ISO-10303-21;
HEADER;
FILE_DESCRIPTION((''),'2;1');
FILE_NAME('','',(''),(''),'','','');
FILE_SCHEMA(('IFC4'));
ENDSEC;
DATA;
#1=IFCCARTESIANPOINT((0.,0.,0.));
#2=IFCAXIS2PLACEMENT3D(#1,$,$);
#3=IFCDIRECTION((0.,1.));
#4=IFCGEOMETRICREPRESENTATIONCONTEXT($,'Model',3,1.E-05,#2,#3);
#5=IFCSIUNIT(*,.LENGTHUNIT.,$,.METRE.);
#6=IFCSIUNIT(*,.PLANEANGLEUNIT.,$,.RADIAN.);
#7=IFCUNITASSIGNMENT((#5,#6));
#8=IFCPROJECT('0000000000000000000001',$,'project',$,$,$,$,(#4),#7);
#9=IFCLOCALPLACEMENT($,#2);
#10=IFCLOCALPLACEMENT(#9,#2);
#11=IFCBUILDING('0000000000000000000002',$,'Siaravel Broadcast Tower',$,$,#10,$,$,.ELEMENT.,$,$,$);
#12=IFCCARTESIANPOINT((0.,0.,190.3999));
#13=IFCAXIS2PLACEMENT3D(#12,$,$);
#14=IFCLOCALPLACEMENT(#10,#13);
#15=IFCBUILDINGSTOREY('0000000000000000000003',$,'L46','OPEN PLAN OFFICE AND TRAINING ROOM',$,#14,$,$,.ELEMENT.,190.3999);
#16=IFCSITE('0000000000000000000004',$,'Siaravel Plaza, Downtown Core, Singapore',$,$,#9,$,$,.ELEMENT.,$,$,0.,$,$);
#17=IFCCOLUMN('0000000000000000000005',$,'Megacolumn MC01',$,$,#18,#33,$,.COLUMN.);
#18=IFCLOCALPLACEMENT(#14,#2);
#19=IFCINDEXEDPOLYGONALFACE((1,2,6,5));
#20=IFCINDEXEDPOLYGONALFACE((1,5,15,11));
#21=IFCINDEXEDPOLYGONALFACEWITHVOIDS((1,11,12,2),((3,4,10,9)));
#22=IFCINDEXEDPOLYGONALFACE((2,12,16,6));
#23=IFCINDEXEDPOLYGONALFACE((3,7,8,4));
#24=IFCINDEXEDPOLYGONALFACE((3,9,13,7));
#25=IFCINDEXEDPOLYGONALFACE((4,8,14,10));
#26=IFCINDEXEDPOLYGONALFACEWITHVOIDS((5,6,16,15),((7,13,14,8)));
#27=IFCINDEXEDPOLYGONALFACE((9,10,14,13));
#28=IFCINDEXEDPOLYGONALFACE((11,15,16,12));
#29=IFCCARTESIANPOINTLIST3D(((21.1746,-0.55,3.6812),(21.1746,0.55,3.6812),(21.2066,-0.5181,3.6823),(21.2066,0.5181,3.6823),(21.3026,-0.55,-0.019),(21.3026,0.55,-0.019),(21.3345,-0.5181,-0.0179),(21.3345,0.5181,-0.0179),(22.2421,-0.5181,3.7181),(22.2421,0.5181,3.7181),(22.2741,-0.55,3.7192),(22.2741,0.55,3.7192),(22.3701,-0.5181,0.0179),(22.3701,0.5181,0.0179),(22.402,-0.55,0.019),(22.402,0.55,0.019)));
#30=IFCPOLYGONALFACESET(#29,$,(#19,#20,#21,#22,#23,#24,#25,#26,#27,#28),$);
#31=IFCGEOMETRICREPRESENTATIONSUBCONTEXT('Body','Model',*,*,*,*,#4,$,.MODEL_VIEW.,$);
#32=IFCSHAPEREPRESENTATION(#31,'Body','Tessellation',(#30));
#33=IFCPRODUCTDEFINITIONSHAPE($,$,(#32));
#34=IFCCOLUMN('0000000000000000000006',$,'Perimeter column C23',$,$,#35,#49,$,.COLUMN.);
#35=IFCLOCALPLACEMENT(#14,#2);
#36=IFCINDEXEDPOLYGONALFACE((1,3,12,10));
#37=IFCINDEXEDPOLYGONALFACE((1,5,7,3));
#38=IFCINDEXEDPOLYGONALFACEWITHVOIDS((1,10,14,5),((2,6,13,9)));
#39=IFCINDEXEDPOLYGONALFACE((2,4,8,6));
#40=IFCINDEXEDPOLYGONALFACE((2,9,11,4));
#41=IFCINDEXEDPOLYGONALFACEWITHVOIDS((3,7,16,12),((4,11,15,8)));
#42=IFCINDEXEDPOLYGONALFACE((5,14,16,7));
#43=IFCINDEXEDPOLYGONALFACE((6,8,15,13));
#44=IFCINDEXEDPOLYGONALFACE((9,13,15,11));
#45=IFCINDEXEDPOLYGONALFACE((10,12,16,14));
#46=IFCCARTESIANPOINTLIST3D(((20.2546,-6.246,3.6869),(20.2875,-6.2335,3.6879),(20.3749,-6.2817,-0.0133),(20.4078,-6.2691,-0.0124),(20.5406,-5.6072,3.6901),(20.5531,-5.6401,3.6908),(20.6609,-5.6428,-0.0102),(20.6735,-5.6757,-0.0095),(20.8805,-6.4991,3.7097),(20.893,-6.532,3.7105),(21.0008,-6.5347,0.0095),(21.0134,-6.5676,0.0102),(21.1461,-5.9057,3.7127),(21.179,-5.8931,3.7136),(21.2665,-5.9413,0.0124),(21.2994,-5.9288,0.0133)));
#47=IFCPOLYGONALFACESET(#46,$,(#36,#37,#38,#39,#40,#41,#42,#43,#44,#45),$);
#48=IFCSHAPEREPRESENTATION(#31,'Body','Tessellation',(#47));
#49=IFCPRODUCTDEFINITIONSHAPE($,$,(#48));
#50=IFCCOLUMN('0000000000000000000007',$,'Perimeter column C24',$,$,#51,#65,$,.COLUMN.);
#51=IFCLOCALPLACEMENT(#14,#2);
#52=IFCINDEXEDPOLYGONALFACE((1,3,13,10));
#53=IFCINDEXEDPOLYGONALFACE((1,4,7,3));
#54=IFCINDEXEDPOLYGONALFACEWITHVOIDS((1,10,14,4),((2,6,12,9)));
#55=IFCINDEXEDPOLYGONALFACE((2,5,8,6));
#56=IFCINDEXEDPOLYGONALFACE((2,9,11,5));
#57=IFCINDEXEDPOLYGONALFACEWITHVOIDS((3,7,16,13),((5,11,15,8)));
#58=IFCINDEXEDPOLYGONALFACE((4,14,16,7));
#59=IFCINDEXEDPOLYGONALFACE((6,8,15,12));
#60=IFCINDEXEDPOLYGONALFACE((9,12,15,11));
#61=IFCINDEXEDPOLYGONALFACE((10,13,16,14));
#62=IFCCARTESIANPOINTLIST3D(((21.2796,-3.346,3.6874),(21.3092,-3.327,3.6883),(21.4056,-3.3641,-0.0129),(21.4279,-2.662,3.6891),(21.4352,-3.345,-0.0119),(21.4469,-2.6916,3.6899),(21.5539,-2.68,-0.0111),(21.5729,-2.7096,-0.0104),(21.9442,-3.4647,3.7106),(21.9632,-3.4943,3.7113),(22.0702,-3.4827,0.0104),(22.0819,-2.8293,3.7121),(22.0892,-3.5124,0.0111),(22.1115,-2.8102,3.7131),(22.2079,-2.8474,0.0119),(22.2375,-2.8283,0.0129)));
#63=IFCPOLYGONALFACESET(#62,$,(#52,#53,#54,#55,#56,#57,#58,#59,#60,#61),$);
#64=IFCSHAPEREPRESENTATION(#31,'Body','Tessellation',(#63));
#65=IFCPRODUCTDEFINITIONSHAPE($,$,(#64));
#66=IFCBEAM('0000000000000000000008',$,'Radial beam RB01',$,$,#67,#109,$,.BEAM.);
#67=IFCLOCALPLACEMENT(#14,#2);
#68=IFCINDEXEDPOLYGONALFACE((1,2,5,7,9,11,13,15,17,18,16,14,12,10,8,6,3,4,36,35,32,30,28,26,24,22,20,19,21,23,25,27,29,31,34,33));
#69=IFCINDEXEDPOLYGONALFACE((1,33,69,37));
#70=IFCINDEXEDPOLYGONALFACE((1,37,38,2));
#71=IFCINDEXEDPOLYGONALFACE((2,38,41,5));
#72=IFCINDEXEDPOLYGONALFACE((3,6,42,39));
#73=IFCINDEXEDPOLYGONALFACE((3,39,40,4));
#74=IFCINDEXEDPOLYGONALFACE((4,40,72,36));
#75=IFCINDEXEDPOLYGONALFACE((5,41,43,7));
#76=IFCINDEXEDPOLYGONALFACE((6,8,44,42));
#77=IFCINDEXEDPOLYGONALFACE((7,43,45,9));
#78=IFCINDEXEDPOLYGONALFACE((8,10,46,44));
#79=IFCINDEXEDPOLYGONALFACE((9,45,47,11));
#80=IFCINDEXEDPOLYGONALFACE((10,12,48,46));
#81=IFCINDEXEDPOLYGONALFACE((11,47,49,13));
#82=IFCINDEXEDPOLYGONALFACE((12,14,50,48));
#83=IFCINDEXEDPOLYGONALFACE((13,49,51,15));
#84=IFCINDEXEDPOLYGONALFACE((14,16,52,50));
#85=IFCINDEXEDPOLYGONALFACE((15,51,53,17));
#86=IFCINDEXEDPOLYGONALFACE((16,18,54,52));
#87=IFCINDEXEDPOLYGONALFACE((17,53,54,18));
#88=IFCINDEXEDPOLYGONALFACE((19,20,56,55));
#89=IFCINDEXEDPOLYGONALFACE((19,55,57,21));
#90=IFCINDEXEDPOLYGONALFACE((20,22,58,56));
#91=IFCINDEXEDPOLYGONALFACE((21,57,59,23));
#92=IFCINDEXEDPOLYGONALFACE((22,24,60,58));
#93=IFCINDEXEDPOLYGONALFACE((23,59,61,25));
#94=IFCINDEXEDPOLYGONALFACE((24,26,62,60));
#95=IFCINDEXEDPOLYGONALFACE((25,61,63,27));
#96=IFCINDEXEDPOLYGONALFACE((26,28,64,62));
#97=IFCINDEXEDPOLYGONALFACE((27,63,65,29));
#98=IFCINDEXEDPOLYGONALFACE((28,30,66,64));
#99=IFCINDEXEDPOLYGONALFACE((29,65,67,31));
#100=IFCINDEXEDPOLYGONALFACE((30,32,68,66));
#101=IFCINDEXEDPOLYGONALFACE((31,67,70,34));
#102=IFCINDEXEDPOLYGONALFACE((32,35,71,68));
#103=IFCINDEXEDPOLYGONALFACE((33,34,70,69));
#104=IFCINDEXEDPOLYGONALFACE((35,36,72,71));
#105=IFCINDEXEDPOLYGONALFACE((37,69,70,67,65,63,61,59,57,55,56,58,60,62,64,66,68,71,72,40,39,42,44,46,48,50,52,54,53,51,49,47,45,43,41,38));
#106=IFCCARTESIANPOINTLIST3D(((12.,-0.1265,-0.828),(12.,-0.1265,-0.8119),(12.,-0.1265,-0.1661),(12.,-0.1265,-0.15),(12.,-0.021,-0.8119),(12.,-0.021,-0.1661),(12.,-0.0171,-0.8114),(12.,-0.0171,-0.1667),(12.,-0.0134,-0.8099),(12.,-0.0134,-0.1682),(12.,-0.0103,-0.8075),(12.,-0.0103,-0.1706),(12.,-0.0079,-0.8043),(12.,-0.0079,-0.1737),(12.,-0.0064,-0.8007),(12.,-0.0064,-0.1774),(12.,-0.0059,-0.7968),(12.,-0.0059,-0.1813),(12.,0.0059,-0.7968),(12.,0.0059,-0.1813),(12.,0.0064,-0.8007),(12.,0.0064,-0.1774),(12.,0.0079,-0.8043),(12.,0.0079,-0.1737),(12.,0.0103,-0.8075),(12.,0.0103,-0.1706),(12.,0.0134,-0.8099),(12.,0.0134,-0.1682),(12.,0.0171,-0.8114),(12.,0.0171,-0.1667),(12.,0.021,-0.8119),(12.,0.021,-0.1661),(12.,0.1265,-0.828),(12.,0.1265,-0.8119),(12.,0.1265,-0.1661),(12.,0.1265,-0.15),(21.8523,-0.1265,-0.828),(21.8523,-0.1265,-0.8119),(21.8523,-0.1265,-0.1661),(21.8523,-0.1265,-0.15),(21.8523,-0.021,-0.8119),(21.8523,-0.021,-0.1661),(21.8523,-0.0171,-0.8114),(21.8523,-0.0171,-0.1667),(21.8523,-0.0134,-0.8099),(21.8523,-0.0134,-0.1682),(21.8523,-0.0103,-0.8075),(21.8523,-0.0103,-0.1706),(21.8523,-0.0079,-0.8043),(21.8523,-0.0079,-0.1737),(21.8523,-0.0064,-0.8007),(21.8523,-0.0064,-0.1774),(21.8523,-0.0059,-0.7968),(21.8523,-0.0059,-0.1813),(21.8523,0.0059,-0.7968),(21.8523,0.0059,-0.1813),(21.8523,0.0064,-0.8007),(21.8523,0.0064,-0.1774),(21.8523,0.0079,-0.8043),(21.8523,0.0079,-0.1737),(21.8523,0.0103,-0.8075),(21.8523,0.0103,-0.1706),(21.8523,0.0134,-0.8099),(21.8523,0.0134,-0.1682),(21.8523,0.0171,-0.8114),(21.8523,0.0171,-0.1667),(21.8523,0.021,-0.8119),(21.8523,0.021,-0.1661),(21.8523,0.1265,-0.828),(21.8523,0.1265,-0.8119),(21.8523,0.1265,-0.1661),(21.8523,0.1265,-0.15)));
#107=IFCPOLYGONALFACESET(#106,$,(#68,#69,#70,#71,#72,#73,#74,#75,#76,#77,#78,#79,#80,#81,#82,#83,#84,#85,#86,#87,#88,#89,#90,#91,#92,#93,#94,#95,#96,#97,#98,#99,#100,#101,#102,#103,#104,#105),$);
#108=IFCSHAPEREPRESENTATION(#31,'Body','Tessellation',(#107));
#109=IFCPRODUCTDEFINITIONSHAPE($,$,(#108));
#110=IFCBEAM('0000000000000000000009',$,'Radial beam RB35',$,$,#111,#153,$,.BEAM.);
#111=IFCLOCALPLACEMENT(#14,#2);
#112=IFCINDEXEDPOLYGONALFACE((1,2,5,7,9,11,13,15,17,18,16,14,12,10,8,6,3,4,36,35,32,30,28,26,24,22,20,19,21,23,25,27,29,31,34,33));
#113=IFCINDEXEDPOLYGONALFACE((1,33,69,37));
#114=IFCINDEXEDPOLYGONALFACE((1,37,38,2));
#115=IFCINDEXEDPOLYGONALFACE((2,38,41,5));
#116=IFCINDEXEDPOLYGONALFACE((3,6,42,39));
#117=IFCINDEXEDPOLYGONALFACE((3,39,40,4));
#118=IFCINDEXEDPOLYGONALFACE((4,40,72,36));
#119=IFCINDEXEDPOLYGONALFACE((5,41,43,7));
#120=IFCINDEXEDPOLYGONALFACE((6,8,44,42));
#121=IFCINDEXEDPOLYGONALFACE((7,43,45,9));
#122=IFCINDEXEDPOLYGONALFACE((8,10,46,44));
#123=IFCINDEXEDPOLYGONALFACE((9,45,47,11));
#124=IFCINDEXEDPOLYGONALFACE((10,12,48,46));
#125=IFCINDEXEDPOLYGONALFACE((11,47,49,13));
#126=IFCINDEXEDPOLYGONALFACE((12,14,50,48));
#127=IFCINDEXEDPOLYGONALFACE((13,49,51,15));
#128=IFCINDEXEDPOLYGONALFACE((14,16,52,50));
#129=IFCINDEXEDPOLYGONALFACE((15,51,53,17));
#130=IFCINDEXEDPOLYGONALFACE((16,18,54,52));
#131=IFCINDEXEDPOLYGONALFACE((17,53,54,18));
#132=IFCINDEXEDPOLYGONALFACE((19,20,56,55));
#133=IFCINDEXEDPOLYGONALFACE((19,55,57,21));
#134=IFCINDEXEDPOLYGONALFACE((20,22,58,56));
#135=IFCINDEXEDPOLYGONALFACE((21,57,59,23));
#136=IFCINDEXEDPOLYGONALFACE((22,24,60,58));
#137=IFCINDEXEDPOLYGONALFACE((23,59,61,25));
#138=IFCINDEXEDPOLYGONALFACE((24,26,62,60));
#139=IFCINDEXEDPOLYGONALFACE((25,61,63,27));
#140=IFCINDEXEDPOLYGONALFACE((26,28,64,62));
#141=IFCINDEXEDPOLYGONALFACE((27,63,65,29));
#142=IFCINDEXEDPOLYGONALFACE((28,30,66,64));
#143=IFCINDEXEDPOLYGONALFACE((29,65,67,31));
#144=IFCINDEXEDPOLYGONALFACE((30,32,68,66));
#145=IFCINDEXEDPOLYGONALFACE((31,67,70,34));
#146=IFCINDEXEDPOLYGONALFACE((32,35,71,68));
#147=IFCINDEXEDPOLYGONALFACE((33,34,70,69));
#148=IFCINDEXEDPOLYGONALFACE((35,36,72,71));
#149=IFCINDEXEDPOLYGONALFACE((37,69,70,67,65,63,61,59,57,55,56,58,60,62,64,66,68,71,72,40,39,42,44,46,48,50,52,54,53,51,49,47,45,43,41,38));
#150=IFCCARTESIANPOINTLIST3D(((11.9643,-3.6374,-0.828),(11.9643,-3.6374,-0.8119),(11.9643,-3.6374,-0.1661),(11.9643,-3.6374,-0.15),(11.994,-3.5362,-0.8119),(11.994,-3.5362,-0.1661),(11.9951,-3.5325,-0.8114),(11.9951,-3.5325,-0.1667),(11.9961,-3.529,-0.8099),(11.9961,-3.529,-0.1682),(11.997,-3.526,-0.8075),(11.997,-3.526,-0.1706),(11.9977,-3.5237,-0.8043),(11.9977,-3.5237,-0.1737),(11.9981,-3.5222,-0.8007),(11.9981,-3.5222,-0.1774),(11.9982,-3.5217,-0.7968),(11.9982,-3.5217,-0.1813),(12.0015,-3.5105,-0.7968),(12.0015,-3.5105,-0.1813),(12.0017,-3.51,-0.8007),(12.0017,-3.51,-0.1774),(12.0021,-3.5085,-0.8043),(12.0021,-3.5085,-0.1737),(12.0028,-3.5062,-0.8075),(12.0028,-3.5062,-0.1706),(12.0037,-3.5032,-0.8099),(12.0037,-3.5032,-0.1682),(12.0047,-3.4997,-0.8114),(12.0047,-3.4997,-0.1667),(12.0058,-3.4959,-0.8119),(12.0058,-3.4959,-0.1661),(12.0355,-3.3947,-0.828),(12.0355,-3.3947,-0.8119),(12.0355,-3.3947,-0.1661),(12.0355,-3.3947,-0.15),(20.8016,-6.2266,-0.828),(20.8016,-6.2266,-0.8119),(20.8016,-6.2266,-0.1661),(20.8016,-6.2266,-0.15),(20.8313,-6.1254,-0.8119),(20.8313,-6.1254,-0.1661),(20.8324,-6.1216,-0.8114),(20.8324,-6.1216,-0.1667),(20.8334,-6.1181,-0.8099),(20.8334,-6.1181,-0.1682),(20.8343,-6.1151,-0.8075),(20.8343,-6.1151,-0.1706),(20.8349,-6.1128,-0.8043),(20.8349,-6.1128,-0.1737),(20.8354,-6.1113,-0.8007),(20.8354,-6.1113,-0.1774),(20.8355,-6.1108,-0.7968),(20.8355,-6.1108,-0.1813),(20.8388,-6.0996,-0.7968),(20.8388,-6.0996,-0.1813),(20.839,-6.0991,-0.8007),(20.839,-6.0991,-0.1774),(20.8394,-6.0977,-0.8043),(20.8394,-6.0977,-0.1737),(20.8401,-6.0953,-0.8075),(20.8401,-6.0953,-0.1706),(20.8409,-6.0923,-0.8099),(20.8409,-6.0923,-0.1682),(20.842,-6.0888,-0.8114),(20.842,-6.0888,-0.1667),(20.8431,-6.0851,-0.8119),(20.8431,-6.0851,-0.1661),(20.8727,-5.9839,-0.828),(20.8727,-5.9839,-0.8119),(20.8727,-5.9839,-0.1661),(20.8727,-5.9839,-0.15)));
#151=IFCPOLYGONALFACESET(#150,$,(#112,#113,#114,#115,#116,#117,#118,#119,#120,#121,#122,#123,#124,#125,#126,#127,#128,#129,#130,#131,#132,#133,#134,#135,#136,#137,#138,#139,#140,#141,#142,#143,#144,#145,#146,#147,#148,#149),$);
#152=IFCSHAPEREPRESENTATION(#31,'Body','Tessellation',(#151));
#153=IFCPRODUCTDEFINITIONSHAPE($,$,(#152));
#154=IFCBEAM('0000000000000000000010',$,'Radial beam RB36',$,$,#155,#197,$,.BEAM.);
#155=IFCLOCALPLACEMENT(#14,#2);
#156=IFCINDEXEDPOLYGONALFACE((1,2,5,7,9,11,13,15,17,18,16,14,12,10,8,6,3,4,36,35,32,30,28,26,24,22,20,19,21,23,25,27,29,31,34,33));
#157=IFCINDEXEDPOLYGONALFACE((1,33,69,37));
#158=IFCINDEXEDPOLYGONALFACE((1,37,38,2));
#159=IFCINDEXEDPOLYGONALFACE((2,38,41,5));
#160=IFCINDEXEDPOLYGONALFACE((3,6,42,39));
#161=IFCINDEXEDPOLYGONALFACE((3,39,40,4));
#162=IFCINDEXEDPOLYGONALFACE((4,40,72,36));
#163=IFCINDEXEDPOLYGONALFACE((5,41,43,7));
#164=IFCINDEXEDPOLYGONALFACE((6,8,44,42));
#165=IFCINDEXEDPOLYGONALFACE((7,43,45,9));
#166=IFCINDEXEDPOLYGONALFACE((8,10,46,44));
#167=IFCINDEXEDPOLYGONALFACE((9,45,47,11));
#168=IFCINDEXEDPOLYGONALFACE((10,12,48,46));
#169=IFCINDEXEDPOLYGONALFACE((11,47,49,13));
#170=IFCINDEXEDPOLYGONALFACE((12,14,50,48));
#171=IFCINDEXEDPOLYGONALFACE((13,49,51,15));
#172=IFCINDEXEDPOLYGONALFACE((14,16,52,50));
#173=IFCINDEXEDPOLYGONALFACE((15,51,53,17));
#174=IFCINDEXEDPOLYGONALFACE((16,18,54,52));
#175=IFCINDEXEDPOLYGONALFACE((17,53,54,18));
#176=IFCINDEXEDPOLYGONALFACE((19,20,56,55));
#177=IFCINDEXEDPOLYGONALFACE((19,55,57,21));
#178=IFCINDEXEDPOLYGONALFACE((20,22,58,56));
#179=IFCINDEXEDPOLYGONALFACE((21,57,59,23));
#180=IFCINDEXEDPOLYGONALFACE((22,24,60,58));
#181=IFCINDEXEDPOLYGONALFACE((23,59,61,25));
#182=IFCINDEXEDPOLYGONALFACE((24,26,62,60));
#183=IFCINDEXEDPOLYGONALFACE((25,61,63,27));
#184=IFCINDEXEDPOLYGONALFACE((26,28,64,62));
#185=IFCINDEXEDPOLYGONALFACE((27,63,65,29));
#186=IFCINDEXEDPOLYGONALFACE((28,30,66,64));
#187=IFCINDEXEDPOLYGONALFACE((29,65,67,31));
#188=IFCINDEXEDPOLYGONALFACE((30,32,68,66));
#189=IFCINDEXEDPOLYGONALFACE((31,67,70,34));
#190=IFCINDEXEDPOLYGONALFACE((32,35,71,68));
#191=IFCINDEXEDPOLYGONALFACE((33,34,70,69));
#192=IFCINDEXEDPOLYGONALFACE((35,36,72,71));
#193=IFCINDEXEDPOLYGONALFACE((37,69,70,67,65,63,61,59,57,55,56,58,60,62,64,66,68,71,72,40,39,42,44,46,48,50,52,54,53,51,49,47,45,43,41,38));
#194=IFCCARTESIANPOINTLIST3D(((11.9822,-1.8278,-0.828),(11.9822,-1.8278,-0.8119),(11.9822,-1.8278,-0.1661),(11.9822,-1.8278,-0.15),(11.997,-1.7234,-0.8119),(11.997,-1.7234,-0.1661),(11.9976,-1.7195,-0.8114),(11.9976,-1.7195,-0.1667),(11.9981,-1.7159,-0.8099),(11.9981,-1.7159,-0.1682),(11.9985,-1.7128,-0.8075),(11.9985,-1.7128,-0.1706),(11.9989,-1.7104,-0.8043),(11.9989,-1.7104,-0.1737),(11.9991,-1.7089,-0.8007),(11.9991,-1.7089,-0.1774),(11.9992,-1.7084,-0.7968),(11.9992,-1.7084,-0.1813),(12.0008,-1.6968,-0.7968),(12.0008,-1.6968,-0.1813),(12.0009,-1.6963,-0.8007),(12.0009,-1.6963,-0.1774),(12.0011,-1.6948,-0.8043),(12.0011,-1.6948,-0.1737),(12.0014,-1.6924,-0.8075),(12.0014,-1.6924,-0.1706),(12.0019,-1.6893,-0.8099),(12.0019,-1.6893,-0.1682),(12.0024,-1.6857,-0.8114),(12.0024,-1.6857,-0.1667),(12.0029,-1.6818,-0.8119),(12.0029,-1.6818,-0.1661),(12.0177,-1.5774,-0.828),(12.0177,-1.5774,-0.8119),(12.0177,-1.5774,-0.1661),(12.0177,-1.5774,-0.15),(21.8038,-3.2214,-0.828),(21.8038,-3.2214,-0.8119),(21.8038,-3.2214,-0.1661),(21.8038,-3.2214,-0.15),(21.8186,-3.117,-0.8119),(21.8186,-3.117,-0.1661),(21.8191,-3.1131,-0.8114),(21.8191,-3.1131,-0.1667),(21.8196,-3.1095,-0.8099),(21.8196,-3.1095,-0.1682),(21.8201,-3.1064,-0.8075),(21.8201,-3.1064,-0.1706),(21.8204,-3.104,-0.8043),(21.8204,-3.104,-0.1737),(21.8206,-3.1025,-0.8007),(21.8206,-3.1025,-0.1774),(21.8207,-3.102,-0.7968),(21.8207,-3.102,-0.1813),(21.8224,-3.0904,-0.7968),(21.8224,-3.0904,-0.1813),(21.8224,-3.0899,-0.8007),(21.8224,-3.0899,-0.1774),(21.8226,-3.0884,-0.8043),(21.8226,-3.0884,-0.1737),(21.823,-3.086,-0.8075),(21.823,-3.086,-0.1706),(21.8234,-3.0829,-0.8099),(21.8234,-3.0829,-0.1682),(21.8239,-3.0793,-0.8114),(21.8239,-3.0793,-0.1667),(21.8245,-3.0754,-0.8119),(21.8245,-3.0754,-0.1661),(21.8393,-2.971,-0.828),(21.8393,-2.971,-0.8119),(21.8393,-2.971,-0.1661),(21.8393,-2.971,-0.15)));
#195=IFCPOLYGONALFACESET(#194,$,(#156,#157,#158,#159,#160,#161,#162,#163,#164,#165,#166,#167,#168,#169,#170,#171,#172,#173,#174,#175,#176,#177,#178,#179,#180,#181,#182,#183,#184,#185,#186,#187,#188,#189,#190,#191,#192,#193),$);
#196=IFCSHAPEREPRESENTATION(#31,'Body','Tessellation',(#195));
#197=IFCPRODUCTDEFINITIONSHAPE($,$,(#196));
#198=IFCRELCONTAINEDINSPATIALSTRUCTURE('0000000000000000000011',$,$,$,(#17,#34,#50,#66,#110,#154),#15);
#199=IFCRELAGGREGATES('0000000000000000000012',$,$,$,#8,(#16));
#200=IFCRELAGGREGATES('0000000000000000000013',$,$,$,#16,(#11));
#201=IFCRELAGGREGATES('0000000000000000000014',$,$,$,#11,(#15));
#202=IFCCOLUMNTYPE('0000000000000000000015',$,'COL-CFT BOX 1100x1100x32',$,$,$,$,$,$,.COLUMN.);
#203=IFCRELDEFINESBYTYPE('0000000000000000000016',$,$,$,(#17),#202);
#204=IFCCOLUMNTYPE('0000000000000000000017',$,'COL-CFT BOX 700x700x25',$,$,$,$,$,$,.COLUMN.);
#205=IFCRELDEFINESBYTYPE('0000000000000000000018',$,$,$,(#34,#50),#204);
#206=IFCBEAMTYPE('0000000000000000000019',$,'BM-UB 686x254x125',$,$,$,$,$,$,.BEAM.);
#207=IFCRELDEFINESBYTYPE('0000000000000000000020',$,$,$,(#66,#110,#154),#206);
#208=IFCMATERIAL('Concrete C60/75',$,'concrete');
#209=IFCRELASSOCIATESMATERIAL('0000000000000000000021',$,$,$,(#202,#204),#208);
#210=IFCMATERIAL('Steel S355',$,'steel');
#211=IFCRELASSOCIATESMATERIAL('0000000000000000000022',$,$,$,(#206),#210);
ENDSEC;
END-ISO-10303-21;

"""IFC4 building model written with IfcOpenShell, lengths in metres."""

from ifc_helpers import new_model, si_unit, direction, frame, origin, origin_2d, place, context, subcontext, project, spatial, hollow_rectangle, i_section, extrude, material, material_profile, profile_set, type_object, element, save


model = new_model("IFC4")

# Units and contexts
model_context = context("Model", 3, precision=1e-05, world=origin(), true_north=direction((0.0, 1.0)))
body_context = subcontext(model_context, "Body", "Model", "MODEL_VIEW")
ifc_project = project(units=[si_unit("LENGTHUNIT", "METRE"), si_unit("PLANEANGLEUNIT", "RADIAN")], contexts=[model_context])

# Site, building, storey
site_placement = place(None, origin())
site = spatial("IfcSite", under=ifc_project, at=site_placement, Name="Siaravel Plaza, Downtown Core, Singapore", CompositionType="ELEMENT", RefElevation=0.0)
building_placement = place(site_placement, origin())
building = spatial("IfcBuilding", under=site, at=building_placement, Name="Siaravel Broadcast Tower", CompositionType="ELEMENT")
storey_placement = place(building_placement, frame((0.0, 0.0, 190.3999)))
storey = spatial("IfcBuildingStorey", under=building, at=storey_placement, Name="L46", Description="OPEN PLAN OFFICE AND TRAINING ROOM", CompositionType="ELEMENT", Elevation=190.3999)

# Columns
ifc_material_1 = material(Name="Concrete C60/75", Category="concrete")
ifc_material_profile_1 = material_profile(ifc_material_1, hollow_rectangle(XDim=1.1001, YDim=1.1001, WallThickness=0.032, at=origin_2d()))
ifc_profile_set_1 = profile_set([ifc_material_profile_1], Name="Concrete C60/75")
column_type_1 = type_object("IfcColumnType", Name="COL-CFT BOX 1100x1100x32", PredefinedType="COLUMN", material=ifc_profile_set_1)
column_placement = place(storey_placement, frame((21.8523, 0.0, 0.0), z_axis=(-0.034553, 0.0, 0.999403), x_axis=(0.0, -1.0, 0.0)))
element("IfcColumn", 1, at=column_placement, inside=storey, type_object=column_type_1, Name="Megacolumn MC01", PredefinedType="COLUMN", context=body_context, shape_type="SweptSolid", body=[
    extrude(hollow_rectangle(XDim=1.1001, YDim=1.1001, WallThickness=0.032, at=origin_2d()), origin(), (0.0, 0.0, 1.0), 3.7024),
])
ifc_material_profile_2 = material_profile(ifc_material_1, hollow_rectangle(XDim=0.7, YDim=0.7, WallThickness=0.0249, at=origin_2d()))
ifc_profile_set_2 = profile_set([ifc_material_profile_2], Name="Concrete C60/75")
column_type_2 = type_object("IfcColumnType", Name="COL-CFT BOX 700x700x25", PredefinedType="COLUMN", material=ifc_profile_set_2)
for number, where, z_axis, x_axis, name in (
    (2, (20.8372, -6.1052, 0.0), (-0.03251, 0.009628, 0.999425), (-0.408631, -0.912689, -0.0045), "Perimeter column C23"),
    (3, (21.8215, -3.0962, 0.0), (-0.034026, 0.00488, 0.999409), (-0.211866, -0.977296, -0.002441), "Perimeter column C24"),
):
    element("IfcColumn", number, at=place(storey_placement, frame(where, z_axis=z_axis, x_axis=x_axis)), inside=storey, type_object=column_type_2, Name=name, PredefinedType="COLUMN", context=body_context, shape_type="SweptSolid", body=[
        extrude(hollow_rectangle(XDim=0.7, YDim=0.7, WallThickness=0.0249, at=origin_2d()), origin(), (0.0, 0.0, 1.0), 3.7024),
    ])

# Beams
ifc_material_2 = material(Name="Steel S355", Category="steel")
ifc_material_profile_3 = material_profile(ifc_material_2, i_section(OverallWidth=0.2529, OverallDepth=0.678, WebThickness=0.0117, FlangeThickness=0.0161, FilletRadius=0.0151, at=origin_2d()))
ifc_profile_set_3 = profile_set([ifc_material_profile_3], Name="Steel S355")
beam_type = type_object("IfcBeamType", Name="BM-UB 686x254x125", PredefinedType="BEAM", material=ifc_profile_set_3)
beam_1_placement = place(storey_placement, frame((21.8523, 0.0, -0.489), z_axis=(-1.0, 0.0, 0.0), x_axis=(0.0, -1.0, 0.0)))
element("IfcBeam", 4, at=beam_1_placement, inside=storey, type_object=beam_type, Name="Radial beam RB01", PredefinedType="BEAM", context=body_context, shape_type="SweptSolid", body=[
    extrude(i_section(OverallWidth=0.2529, OverallDepth=0.678, WebThickness=0.0117, FlangeThickness=0.0161, FilletRadius=0.0151, at=origin_2d()), origin(), (0.0, 0.0, 1.0), 9.8523),
])
beam_2_placement = place(storey_placement, frame((20.8372, -6.1052, -0.489), z_axis=(-0.95966, 0.281161, 0.0), x_axis=(-0.281161, -0.95966, 0.0)))
element("IfcBeam", 5, at=beam_2_placement, inside=storey, type_object=beam_type, Name="Radial beam RB35", PredefinedType="BEAM", context=body_context, shape_type="SweptSolid", body=[
    extrude(i_section(OverallWidth=0.2529, OverallDepth=0.678, WebThickness=0.0117, FlangeThickness=0.0161, FilletRadius=0.0151, at=origin_2d()), origin(), (0.0, 0.0, 1.0), 9.2087),
])
beam_3_placement = place(storey_placement, frame((21.8215, -3.0962, -0.489), z_axis=(-0.990083, 0.140481, 0.0), x_axis=(-0.140481, -0.990083, 0.0)))
element("IfcBeam", 6, at=beam_3_placement, inside=storey, type_object=beam_type, Name="Radial beam RB36", PredefinedType="BEAM", context=body_context, shape_type="SweptSolid", body=[
    extrude(i_section(OverallWidth=0.2529, OverallDepth=0.678, WebThickness=0.0117, FlangeThickness=0.0161, FilletRadius=0.0151, at=origin_2d()), origin(), (0.0, 0.0, 1.0), 9.9199),
])

save(model, "model.ifc")
